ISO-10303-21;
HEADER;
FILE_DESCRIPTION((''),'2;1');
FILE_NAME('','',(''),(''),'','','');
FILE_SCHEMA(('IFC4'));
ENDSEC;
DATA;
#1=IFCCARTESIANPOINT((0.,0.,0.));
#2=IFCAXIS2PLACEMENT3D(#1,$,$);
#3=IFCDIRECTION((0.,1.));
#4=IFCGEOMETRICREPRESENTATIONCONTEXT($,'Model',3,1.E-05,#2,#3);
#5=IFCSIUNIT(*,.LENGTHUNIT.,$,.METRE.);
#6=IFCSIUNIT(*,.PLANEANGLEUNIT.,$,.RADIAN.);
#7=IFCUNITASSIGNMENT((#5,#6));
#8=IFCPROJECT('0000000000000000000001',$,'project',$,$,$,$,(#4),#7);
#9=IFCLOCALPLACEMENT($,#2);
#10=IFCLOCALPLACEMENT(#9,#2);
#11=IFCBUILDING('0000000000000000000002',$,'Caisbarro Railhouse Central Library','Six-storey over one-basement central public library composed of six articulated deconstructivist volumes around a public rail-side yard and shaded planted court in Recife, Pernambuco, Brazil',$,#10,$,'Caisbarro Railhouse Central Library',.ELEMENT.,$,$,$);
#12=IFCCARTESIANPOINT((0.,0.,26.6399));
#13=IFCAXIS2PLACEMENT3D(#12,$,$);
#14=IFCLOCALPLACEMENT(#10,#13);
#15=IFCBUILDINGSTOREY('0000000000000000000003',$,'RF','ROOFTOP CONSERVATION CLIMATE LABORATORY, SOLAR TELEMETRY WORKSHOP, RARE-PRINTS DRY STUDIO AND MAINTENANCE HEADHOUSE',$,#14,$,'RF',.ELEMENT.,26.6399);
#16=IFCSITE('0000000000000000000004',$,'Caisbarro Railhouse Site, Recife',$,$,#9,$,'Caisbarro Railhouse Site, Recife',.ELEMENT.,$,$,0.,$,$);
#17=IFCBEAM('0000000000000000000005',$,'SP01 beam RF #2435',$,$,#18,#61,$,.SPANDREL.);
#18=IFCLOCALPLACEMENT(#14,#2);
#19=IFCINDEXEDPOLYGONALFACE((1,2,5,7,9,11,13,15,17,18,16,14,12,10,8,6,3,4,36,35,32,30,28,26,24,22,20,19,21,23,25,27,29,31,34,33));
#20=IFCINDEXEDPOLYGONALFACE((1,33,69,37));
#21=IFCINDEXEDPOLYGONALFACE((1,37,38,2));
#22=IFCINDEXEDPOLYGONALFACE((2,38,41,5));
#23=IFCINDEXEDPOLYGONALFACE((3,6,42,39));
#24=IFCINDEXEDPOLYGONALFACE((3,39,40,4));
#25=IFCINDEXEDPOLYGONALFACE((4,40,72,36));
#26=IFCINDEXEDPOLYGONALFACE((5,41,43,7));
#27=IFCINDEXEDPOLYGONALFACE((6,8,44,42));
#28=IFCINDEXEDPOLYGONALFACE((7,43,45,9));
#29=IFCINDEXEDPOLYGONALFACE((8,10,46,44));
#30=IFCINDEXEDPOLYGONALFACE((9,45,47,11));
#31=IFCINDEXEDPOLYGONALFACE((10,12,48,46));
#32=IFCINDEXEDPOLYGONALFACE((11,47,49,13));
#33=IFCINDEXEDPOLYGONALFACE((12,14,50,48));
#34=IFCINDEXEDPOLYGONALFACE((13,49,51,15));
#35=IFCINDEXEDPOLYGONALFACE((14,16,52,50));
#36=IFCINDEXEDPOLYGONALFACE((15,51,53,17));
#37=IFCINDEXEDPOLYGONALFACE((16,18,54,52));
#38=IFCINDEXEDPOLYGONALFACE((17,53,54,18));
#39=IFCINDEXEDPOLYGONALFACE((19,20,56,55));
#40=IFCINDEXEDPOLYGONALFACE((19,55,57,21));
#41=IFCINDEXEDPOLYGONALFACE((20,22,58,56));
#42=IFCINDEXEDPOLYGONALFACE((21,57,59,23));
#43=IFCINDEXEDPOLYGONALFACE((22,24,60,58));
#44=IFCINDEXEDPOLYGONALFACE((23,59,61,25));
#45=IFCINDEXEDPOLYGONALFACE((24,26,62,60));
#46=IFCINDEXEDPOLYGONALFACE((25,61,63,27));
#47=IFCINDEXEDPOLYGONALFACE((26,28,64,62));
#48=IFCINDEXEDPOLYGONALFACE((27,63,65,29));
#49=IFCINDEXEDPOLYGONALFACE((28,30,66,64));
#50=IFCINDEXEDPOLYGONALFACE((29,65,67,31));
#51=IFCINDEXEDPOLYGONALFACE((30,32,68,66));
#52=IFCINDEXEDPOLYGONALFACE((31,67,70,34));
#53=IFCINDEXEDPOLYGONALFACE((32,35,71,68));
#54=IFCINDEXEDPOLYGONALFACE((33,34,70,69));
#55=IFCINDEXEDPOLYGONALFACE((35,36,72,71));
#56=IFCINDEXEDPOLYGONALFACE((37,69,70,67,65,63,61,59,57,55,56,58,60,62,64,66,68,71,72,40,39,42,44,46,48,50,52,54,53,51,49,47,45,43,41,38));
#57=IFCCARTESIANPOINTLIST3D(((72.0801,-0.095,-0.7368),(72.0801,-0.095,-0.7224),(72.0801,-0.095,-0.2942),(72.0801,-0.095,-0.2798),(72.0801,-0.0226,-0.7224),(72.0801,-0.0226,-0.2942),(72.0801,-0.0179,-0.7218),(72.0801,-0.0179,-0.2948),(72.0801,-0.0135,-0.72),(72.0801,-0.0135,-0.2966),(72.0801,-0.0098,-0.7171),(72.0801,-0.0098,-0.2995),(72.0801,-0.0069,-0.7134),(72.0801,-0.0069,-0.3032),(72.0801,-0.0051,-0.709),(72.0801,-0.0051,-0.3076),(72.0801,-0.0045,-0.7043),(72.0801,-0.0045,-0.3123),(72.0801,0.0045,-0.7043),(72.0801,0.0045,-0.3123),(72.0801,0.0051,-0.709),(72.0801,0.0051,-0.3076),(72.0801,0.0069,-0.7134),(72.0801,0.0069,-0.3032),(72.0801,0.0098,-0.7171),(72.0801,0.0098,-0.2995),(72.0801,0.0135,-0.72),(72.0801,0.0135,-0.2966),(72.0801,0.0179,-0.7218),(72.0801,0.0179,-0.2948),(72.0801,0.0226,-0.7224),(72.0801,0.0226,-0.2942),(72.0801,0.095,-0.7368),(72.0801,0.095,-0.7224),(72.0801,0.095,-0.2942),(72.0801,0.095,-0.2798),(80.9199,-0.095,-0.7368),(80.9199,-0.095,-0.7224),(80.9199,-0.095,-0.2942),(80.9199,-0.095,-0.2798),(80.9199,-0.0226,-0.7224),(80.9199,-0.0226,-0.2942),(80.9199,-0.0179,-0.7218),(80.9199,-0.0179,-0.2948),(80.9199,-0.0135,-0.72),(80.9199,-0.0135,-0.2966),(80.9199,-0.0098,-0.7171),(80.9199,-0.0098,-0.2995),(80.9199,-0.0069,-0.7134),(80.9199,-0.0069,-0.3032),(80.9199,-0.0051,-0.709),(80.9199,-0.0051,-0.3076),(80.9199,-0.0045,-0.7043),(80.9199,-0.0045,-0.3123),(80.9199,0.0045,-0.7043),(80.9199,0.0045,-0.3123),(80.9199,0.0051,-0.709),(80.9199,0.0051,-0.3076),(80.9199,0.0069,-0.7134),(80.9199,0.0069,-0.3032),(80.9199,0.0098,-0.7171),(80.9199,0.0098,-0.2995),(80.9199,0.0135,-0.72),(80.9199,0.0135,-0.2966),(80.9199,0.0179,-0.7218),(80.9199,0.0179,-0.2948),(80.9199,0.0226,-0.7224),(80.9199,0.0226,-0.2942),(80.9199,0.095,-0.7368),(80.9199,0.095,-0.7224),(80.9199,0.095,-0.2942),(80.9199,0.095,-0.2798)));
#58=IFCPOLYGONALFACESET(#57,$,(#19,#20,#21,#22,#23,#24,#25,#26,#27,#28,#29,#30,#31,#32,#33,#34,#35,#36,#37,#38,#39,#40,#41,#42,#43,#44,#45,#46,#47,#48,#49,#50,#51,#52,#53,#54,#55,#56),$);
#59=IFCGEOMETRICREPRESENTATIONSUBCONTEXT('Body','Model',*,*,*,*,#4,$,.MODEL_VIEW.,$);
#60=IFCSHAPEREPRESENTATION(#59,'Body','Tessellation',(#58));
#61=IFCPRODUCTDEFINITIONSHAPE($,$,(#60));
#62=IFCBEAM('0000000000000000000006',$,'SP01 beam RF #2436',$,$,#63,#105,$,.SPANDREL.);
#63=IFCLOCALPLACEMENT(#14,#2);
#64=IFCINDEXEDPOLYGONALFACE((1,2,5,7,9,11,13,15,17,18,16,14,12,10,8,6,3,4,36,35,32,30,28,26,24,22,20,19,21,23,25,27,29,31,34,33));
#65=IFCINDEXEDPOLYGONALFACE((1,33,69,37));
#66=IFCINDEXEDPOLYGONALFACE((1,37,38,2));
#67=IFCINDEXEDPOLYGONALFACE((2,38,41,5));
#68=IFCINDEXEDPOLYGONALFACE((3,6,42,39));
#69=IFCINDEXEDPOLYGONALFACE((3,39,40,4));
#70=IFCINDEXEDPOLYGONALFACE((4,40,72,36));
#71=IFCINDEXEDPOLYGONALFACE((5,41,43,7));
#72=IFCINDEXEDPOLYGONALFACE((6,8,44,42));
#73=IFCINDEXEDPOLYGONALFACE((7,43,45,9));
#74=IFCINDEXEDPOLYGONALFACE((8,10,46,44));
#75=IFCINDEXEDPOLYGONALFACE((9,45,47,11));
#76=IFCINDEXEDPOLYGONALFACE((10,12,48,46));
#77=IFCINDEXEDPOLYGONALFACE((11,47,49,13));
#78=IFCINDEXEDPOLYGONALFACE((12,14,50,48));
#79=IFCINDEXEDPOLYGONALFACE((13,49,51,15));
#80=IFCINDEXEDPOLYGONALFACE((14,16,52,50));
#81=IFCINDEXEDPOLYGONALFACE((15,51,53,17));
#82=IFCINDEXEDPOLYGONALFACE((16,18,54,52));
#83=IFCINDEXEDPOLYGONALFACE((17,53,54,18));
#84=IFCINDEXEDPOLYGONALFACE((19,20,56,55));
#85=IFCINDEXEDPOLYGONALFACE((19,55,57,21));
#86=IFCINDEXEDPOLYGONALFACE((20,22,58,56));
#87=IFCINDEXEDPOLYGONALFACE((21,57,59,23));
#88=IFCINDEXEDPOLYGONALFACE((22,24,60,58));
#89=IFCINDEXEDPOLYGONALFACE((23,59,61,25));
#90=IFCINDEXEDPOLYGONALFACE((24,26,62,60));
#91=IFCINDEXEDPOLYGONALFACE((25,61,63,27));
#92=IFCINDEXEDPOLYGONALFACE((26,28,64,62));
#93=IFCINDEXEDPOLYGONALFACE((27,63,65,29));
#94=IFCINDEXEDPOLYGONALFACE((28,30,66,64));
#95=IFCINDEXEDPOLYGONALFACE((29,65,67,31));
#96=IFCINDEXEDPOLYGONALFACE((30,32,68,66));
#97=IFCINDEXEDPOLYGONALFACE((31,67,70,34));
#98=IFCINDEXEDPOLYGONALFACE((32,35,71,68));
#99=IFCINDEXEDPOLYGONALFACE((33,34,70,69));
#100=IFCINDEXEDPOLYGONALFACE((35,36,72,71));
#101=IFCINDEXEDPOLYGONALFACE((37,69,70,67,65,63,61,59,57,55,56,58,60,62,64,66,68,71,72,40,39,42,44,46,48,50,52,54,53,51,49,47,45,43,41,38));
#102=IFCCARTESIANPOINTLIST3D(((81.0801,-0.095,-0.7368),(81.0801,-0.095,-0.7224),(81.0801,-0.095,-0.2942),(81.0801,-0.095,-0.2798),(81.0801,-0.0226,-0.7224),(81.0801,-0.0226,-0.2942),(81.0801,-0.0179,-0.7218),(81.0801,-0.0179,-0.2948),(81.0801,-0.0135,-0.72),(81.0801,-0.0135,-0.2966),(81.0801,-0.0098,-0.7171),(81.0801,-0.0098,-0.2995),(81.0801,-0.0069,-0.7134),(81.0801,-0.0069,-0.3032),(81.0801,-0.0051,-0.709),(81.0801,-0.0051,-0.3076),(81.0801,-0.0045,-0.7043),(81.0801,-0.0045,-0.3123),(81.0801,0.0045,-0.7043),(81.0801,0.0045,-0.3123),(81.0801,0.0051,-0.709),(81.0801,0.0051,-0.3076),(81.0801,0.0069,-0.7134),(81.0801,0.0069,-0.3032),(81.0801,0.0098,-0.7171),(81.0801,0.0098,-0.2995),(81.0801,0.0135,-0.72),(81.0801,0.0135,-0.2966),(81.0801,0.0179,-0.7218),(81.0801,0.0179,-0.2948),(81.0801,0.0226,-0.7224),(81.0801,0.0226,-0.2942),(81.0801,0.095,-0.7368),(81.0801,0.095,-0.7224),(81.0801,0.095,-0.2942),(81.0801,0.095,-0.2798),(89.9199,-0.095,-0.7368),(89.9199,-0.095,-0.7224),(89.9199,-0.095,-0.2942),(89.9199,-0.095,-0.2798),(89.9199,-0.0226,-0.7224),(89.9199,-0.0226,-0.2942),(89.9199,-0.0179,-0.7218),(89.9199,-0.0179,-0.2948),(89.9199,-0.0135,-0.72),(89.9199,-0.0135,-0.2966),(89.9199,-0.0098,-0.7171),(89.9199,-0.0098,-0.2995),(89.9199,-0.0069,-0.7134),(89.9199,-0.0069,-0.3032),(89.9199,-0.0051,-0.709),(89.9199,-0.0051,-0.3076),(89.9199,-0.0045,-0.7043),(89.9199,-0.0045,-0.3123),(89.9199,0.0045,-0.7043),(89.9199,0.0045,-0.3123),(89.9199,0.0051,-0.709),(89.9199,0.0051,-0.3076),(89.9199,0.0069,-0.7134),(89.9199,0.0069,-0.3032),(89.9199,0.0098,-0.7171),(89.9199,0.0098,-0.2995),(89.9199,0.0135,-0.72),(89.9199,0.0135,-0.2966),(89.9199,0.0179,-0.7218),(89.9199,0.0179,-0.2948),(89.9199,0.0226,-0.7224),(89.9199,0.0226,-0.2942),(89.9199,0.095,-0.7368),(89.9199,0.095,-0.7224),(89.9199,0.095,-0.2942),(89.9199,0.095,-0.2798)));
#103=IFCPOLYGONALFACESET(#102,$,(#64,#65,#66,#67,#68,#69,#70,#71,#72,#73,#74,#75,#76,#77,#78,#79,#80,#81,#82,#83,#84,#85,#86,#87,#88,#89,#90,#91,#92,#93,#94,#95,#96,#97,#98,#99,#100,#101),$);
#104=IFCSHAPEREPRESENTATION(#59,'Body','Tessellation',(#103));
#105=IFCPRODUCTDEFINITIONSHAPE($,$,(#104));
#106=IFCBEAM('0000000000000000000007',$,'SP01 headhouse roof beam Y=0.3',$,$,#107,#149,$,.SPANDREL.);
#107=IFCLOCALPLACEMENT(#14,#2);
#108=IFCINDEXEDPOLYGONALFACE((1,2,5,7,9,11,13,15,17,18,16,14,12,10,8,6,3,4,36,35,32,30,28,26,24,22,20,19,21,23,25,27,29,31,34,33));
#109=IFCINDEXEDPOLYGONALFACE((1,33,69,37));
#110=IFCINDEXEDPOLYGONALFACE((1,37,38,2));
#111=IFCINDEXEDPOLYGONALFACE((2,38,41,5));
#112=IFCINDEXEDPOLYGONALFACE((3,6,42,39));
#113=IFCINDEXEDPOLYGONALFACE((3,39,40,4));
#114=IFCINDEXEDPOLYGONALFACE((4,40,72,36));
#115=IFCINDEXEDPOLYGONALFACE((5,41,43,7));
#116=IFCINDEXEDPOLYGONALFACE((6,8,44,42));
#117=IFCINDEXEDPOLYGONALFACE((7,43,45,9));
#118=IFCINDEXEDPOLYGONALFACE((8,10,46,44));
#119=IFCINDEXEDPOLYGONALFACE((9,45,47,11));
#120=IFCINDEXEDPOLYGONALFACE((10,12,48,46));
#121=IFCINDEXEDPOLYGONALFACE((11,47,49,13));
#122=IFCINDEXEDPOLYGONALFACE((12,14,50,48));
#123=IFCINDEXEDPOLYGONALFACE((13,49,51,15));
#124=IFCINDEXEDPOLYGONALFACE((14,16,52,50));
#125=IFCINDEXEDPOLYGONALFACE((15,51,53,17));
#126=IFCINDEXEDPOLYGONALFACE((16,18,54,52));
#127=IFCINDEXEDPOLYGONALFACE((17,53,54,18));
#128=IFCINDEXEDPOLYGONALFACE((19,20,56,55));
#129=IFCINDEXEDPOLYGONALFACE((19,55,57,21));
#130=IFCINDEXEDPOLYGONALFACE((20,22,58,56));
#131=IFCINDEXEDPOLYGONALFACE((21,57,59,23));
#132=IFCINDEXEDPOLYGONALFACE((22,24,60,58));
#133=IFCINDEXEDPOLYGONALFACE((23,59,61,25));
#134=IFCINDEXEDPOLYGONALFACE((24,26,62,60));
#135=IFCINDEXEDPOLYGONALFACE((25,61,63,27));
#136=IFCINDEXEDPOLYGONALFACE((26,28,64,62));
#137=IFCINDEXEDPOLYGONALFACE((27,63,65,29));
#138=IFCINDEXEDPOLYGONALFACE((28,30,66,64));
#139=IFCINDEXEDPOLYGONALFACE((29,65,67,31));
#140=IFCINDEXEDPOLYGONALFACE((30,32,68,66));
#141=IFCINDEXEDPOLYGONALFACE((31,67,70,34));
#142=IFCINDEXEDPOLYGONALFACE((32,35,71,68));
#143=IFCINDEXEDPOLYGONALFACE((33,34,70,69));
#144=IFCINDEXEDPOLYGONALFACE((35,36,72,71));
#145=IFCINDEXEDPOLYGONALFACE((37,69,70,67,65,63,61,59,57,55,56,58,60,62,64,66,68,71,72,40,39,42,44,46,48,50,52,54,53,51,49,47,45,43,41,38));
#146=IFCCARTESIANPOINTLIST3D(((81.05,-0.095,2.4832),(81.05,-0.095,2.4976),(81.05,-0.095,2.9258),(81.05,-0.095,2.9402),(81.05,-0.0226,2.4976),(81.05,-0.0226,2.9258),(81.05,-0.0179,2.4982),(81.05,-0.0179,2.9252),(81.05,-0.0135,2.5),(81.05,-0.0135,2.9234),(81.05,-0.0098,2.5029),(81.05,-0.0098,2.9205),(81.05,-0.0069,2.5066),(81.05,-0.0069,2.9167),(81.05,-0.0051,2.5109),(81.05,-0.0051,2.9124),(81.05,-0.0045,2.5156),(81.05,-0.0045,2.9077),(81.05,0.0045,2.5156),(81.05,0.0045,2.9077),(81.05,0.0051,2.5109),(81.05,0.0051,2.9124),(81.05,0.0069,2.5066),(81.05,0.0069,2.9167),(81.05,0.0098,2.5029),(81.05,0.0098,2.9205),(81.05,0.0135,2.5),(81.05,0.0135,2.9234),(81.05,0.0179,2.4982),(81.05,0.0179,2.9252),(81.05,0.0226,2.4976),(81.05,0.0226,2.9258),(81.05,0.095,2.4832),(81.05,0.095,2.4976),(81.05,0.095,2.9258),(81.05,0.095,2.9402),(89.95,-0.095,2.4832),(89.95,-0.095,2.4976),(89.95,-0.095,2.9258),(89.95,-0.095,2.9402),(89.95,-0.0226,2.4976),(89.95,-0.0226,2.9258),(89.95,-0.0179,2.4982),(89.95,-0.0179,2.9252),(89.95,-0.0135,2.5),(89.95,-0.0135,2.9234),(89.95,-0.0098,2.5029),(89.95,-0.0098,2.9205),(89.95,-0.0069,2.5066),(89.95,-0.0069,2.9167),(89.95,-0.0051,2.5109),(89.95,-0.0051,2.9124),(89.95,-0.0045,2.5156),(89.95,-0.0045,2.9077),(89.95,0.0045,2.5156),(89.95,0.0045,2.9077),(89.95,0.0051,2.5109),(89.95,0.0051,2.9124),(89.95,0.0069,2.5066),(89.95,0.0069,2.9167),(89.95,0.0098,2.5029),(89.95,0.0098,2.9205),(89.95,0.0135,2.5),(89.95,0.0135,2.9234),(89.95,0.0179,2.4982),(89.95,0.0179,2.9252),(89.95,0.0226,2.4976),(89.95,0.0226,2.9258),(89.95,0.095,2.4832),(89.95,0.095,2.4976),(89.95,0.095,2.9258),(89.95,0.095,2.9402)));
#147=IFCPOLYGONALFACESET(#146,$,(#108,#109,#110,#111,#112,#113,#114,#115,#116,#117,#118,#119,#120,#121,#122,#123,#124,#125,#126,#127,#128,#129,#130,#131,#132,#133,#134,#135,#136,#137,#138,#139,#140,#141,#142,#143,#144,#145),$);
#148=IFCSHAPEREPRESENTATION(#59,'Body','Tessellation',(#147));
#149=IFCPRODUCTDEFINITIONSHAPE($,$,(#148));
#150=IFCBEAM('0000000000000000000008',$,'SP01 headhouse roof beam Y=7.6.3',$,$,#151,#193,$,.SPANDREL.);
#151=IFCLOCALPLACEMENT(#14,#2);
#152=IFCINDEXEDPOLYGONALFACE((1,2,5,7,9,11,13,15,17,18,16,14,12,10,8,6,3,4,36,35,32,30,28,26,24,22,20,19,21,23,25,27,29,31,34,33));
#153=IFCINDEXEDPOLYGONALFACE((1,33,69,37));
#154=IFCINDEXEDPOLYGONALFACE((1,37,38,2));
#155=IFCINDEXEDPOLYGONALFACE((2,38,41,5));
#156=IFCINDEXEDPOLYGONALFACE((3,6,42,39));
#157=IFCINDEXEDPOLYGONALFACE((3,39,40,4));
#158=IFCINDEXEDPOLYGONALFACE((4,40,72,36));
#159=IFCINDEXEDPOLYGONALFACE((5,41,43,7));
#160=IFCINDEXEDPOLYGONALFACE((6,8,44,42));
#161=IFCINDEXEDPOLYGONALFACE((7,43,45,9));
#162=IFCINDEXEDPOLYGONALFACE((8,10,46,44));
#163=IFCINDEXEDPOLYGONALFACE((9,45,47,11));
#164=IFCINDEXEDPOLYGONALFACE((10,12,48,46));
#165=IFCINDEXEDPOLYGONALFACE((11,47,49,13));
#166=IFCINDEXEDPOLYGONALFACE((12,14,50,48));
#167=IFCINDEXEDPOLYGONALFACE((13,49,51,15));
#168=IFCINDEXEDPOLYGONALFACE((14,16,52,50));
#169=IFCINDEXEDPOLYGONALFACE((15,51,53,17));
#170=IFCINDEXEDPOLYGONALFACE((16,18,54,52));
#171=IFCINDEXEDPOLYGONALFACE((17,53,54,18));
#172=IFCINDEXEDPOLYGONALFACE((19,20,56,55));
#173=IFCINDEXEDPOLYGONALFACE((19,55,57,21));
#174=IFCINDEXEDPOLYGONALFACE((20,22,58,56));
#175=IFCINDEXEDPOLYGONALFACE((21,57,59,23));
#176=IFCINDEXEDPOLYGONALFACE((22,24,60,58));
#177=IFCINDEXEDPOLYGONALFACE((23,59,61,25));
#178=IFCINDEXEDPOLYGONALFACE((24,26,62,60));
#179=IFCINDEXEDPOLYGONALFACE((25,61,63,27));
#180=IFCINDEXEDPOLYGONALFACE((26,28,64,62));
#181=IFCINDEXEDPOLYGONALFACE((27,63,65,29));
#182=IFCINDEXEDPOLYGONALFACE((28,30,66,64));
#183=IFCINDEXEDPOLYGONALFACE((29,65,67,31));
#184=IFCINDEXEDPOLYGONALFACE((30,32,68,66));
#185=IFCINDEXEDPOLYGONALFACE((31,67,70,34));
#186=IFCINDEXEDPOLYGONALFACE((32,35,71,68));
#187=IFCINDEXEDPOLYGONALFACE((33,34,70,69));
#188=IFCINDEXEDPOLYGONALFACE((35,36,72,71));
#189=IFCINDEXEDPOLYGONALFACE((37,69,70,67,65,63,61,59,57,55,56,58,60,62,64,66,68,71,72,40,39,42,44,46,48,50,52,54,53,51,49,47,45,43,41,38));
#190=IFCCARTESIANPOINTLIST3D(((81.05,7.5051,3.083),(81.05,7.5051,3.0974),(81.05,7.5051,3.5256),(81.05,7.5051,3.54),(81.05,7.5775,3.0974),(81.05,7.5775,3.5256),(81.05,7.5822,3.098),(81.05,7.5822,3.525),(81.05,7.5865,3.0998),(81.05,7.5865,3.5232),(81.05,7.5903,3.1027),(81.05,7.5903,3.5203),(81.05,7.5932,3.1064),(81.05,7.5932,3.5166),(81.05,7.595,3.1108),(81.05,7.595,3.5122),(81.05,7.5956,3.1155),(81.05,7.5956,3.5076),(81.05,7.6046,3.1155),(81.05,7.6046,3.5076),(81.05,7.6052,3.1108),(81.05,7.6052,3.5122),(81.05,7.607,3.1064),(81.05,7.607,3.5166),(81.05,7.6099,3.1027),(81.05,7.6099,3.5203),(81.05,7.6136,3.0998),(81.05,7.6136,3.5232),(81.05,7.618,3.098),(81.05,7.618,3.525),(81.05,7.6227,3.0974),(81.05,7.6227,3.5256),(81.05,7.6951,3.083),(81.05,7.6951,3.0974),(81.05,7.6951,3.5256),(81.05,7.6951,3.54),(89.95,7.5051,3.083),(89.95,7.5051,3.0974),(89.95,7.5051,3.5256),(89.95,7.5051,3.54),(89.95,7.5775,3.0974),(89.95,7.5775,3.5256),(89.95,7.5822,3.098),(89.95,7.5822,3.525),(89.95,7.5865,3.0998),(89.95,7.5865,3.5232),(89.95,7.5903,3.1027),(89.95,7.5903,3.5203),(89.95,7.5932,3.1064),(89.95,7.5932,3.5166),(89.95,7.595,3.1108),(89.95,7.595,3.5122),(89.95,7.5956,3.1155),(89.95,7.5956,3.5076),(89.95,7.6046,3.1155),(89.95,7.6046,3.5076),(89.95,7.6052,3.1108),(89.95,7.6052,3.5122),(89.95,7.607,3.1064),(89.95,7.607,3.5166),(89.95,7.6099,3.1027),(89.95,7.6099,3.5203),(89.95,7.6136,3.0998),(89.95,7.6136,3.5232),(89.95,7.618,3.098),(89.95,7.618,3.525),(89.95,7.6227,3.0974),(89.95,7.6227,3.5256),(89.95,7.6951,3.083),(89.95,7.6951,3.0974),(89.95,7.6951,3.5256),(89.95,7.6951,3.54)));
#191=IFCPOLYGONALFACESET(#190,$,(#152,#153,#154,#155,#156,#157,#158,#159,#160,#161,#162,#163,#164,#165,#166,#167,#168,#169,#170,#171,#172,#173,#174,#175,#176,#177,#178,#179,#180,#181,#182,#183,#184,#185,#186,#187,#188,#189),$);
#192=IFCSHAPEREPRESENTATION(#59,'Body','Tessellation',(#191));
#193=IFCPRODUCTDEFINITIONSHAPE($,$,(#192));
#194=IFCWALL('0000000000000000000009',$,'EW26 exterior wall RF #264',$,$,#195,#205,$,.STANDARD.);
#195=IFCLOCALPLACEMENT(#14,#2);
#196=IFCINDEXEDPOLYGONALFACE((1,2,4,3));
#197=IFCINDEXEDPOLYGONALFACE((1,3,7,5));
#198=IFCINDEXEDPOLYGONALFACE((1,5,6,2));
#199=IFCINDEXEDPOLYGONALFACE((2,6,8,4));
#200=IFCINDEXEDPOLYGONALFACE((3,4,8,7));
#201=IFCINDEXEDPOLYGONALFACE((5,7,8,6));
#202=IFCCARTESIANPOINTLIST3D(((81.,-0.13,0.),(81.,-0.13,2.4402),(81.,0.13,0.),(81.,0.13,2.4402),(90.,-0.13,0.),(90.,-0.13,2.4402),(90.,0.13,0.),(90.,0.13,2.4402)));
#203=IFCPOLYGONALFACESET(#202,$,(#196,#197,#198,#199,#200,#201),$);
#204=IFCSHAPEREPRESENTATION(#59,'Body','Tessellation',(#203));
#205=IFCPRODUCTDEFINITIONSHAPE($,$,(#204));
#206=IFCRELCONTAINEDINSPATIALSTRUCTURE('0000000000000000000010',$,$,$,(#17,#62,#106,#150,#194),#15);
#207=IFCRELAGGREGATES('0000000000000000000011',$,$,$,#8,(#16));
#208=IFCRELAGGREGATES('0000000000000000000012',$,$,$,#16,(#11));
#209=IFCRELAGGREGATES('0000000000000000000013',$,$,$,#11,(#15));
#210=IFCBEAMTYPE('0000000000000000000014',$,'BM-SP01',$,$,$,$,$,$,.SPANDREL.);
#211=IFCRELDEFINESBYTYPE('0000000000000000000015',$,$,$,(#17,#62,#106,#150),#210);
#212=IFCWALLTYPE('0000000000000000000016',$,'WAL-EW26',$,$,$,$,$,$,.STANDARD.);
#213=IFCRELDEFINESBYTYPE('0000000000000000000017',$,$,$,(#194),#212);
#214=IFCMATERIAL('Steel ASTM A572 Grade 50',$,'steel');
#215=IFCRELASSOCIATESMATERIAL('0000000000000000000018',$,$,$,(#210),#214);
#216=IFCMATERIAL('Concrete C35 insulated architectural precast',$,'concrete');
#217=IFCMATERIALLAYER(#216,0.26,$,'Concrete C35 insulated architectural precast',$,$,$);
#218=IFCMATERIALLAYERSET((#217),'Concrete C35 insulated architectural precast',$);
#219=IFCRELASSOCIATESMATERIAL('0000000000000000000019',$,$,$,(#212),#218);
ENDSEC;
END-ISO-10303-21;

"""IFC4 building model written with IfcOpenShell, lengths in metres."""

from ifc_helpers import new_model, si_unit, direction, frame, frame_2d, origin, origin_2d, place, context, subcontext, project, spatial, rectangle, i_section, extrude, material, layer, layer_set, material_profile, profile_set, type_object, element, save


model = new_model("IFC4")

# Units and contexts
model_context = context("Model", 3, precision=1e-05, world=origin(), true_north=direction((0.0, 1.0)))
body_context = subcontext(model_context, "Body", "Model", "MODEL_VIEW")
ifc_project = project(units=[si_unit("LENGTHUNIT", "METRE"), si_unit("PLANEANGLEUNIT", "RADIAN")], contexts=[model_context])

# Site, building, storey
site_placement = place(None, origin())
site = spatial("IfcSite", under=ifc_project, at=site_placement, Name="Caisbarro Railhouse Site, Recife", LongName="Caisbarro Railhouse Site, Recife", CompositionType="ELEMENT", RefElevation=0.0)
building_placement = place(site_placement, origin())
building = spatial("IfcBuilding", under=site, at=building_placement, Name="Caisbarro Railhouse Central Library", Description="Six-storey over one-basement central public library composed of six articulated deconstructivist volumes around a public rail-side yard and shaded planted court in Recife, Pernambuco, Brazil", LongName="Caisbarro Railhouse Central Library", CompositionType="ELEMENT")
storey_placement = place(building_placement, frame((0.0, 0.0, 26.6399)))
storey = spatial("IfcBuildingStorey", under=building, at=storey_placement, Name="RF", Description="ROOFTOP CONSERVATION CLIMATE LABORATORY, SOLAR TELEMETRY WORKSHOP, RARE-PRINTS DRY STUDIO AND MAINTENANCE HEADHOUSE", LongName="RF", CompositionType="ELEMENT", Elevation=26.6399)

# Shared definitions
ifc_material_1 = material(Name="Steel ASTM A572 Grade 50", Category="steel")

# Beams
ifc_material_profile_1 = material_profile(ifc_material_1, i_section(OverallWidth=0.1899, OverallDepth=0.457, WebThickness=0.009, FlangeThickness=0.0144, FilletRadius=0.0181, at=origin_2d()), Name="W460X74.0")
ifc_profile_set_1 = profile_set([ifc_material_profile_1], Name="Steel ASTM A572 Grade 50")
beam_type_1 = type_object("IfcBeamType", Name="BM-SP01", PredefinedType="SPANDREL", material=ifc_profile_set_1)
for number, where, z_axis, x_axis, name in (
    (1, (72.0801, 0.0, -0.5083), (1.0, 0.0, 0.0), (0.0, 1.0, 0.0), "SP01 beam RF #2435"),
    (2, (81.0801, 0.0, -0.5083), (1.0, 0.0, 0.0), (0.0, 1.0, 0.0), "SP01 beam RF #2436"),
):
    element("IfcBeam", number, at=place(storey_placement, frame(where, z_axis=z_axis, x_axis=x_axis)), inside=storey, type_object=beam_type_1, Name=name, PredefinedType="SPANDREL", context=body_context, shape_type="SweptSolid", body=[
        extrude(i_section(OverallWidth=0.1899, OverallDepth=0.457, WebThickness=0.009, FlangeThickness=0.0144, FilletRadius=0.0181, at=origin_2d()), origin(), (0.0, 0.0, 1.0), 8.8398),
    ])
for number, where, z_axis, x_axis, name in (
    (3, (81.05, 0.0, 2.7117), (1.0, 0.0, 0.0), (0.0, 1.0, 0.0), "SP01 headhouse roof beam Y=0.3"),
    (4, (81.05, 7.6001, 3.3115), (1.0, 0.0, 0.0), (0.0, 1.0, 0.0), "SP01 headhouse roof beam Y=7.6.3"),
):
    element("IfcBeam", number, at=place(storey_placement, frame(where, z_axis=z_axis, x_axis=x_axis)), inside=storey, type_object=beam_type_1, Name=name, PredefinedType="SPANDREL", context=body_context, shape_type="SweptSolid", body=[
        extrude(i_section(OverallWidth=0.1899, OverallDepth=0.457, WebThickness=0.009, FlangeThickness=0.0144, FilletRadius=0.0181, at=origin_2d()), origin(), (0.0, 0.0, 1.0), 8.8999),
    ])

# Wall
ifc_material_2 = material(Name="Concrete C35 insulated architectural precast", Category="concrete")
ifc_layer_1 = layer(ifc_material_2, 0.26, Name="Concrete C35 insulated architectural precast")
ifc_layer_set_1 = layer_set([ifc_layer_1], Name="Concrete C35 insulated architectural precast")
wall_type_1 = type_object("IfcWallType", Name="WAL-EW26", PredefinedType="STANDARD", material=ifc_layer_set_1)
for number, where, z_axis, x_axis, name in (
    (5, (81.0, 0.0, 0.0), (0.0, 0.0, 1.0), (1.0, 0.0, 0.0), "EW26 exterior wall RF #264"),
):
    element("IfcWall", number, at=place(storey_placement, frame(where, z_axis=z_axis, x_axis=x_axis)), inside=storey, type_object=wall_type_1, Name=name, PredefinedType="STANDARD", context=body_context, shape_type="SweptSolid", body=[
        extrude(rectangle(XDim=9.0, YDim=0.26, at=frame_2d((4.5, 0.0))), origin(), (0.0, 0.0, 1.0), 2.4402),
    ])

save(model, "model.ifc")
